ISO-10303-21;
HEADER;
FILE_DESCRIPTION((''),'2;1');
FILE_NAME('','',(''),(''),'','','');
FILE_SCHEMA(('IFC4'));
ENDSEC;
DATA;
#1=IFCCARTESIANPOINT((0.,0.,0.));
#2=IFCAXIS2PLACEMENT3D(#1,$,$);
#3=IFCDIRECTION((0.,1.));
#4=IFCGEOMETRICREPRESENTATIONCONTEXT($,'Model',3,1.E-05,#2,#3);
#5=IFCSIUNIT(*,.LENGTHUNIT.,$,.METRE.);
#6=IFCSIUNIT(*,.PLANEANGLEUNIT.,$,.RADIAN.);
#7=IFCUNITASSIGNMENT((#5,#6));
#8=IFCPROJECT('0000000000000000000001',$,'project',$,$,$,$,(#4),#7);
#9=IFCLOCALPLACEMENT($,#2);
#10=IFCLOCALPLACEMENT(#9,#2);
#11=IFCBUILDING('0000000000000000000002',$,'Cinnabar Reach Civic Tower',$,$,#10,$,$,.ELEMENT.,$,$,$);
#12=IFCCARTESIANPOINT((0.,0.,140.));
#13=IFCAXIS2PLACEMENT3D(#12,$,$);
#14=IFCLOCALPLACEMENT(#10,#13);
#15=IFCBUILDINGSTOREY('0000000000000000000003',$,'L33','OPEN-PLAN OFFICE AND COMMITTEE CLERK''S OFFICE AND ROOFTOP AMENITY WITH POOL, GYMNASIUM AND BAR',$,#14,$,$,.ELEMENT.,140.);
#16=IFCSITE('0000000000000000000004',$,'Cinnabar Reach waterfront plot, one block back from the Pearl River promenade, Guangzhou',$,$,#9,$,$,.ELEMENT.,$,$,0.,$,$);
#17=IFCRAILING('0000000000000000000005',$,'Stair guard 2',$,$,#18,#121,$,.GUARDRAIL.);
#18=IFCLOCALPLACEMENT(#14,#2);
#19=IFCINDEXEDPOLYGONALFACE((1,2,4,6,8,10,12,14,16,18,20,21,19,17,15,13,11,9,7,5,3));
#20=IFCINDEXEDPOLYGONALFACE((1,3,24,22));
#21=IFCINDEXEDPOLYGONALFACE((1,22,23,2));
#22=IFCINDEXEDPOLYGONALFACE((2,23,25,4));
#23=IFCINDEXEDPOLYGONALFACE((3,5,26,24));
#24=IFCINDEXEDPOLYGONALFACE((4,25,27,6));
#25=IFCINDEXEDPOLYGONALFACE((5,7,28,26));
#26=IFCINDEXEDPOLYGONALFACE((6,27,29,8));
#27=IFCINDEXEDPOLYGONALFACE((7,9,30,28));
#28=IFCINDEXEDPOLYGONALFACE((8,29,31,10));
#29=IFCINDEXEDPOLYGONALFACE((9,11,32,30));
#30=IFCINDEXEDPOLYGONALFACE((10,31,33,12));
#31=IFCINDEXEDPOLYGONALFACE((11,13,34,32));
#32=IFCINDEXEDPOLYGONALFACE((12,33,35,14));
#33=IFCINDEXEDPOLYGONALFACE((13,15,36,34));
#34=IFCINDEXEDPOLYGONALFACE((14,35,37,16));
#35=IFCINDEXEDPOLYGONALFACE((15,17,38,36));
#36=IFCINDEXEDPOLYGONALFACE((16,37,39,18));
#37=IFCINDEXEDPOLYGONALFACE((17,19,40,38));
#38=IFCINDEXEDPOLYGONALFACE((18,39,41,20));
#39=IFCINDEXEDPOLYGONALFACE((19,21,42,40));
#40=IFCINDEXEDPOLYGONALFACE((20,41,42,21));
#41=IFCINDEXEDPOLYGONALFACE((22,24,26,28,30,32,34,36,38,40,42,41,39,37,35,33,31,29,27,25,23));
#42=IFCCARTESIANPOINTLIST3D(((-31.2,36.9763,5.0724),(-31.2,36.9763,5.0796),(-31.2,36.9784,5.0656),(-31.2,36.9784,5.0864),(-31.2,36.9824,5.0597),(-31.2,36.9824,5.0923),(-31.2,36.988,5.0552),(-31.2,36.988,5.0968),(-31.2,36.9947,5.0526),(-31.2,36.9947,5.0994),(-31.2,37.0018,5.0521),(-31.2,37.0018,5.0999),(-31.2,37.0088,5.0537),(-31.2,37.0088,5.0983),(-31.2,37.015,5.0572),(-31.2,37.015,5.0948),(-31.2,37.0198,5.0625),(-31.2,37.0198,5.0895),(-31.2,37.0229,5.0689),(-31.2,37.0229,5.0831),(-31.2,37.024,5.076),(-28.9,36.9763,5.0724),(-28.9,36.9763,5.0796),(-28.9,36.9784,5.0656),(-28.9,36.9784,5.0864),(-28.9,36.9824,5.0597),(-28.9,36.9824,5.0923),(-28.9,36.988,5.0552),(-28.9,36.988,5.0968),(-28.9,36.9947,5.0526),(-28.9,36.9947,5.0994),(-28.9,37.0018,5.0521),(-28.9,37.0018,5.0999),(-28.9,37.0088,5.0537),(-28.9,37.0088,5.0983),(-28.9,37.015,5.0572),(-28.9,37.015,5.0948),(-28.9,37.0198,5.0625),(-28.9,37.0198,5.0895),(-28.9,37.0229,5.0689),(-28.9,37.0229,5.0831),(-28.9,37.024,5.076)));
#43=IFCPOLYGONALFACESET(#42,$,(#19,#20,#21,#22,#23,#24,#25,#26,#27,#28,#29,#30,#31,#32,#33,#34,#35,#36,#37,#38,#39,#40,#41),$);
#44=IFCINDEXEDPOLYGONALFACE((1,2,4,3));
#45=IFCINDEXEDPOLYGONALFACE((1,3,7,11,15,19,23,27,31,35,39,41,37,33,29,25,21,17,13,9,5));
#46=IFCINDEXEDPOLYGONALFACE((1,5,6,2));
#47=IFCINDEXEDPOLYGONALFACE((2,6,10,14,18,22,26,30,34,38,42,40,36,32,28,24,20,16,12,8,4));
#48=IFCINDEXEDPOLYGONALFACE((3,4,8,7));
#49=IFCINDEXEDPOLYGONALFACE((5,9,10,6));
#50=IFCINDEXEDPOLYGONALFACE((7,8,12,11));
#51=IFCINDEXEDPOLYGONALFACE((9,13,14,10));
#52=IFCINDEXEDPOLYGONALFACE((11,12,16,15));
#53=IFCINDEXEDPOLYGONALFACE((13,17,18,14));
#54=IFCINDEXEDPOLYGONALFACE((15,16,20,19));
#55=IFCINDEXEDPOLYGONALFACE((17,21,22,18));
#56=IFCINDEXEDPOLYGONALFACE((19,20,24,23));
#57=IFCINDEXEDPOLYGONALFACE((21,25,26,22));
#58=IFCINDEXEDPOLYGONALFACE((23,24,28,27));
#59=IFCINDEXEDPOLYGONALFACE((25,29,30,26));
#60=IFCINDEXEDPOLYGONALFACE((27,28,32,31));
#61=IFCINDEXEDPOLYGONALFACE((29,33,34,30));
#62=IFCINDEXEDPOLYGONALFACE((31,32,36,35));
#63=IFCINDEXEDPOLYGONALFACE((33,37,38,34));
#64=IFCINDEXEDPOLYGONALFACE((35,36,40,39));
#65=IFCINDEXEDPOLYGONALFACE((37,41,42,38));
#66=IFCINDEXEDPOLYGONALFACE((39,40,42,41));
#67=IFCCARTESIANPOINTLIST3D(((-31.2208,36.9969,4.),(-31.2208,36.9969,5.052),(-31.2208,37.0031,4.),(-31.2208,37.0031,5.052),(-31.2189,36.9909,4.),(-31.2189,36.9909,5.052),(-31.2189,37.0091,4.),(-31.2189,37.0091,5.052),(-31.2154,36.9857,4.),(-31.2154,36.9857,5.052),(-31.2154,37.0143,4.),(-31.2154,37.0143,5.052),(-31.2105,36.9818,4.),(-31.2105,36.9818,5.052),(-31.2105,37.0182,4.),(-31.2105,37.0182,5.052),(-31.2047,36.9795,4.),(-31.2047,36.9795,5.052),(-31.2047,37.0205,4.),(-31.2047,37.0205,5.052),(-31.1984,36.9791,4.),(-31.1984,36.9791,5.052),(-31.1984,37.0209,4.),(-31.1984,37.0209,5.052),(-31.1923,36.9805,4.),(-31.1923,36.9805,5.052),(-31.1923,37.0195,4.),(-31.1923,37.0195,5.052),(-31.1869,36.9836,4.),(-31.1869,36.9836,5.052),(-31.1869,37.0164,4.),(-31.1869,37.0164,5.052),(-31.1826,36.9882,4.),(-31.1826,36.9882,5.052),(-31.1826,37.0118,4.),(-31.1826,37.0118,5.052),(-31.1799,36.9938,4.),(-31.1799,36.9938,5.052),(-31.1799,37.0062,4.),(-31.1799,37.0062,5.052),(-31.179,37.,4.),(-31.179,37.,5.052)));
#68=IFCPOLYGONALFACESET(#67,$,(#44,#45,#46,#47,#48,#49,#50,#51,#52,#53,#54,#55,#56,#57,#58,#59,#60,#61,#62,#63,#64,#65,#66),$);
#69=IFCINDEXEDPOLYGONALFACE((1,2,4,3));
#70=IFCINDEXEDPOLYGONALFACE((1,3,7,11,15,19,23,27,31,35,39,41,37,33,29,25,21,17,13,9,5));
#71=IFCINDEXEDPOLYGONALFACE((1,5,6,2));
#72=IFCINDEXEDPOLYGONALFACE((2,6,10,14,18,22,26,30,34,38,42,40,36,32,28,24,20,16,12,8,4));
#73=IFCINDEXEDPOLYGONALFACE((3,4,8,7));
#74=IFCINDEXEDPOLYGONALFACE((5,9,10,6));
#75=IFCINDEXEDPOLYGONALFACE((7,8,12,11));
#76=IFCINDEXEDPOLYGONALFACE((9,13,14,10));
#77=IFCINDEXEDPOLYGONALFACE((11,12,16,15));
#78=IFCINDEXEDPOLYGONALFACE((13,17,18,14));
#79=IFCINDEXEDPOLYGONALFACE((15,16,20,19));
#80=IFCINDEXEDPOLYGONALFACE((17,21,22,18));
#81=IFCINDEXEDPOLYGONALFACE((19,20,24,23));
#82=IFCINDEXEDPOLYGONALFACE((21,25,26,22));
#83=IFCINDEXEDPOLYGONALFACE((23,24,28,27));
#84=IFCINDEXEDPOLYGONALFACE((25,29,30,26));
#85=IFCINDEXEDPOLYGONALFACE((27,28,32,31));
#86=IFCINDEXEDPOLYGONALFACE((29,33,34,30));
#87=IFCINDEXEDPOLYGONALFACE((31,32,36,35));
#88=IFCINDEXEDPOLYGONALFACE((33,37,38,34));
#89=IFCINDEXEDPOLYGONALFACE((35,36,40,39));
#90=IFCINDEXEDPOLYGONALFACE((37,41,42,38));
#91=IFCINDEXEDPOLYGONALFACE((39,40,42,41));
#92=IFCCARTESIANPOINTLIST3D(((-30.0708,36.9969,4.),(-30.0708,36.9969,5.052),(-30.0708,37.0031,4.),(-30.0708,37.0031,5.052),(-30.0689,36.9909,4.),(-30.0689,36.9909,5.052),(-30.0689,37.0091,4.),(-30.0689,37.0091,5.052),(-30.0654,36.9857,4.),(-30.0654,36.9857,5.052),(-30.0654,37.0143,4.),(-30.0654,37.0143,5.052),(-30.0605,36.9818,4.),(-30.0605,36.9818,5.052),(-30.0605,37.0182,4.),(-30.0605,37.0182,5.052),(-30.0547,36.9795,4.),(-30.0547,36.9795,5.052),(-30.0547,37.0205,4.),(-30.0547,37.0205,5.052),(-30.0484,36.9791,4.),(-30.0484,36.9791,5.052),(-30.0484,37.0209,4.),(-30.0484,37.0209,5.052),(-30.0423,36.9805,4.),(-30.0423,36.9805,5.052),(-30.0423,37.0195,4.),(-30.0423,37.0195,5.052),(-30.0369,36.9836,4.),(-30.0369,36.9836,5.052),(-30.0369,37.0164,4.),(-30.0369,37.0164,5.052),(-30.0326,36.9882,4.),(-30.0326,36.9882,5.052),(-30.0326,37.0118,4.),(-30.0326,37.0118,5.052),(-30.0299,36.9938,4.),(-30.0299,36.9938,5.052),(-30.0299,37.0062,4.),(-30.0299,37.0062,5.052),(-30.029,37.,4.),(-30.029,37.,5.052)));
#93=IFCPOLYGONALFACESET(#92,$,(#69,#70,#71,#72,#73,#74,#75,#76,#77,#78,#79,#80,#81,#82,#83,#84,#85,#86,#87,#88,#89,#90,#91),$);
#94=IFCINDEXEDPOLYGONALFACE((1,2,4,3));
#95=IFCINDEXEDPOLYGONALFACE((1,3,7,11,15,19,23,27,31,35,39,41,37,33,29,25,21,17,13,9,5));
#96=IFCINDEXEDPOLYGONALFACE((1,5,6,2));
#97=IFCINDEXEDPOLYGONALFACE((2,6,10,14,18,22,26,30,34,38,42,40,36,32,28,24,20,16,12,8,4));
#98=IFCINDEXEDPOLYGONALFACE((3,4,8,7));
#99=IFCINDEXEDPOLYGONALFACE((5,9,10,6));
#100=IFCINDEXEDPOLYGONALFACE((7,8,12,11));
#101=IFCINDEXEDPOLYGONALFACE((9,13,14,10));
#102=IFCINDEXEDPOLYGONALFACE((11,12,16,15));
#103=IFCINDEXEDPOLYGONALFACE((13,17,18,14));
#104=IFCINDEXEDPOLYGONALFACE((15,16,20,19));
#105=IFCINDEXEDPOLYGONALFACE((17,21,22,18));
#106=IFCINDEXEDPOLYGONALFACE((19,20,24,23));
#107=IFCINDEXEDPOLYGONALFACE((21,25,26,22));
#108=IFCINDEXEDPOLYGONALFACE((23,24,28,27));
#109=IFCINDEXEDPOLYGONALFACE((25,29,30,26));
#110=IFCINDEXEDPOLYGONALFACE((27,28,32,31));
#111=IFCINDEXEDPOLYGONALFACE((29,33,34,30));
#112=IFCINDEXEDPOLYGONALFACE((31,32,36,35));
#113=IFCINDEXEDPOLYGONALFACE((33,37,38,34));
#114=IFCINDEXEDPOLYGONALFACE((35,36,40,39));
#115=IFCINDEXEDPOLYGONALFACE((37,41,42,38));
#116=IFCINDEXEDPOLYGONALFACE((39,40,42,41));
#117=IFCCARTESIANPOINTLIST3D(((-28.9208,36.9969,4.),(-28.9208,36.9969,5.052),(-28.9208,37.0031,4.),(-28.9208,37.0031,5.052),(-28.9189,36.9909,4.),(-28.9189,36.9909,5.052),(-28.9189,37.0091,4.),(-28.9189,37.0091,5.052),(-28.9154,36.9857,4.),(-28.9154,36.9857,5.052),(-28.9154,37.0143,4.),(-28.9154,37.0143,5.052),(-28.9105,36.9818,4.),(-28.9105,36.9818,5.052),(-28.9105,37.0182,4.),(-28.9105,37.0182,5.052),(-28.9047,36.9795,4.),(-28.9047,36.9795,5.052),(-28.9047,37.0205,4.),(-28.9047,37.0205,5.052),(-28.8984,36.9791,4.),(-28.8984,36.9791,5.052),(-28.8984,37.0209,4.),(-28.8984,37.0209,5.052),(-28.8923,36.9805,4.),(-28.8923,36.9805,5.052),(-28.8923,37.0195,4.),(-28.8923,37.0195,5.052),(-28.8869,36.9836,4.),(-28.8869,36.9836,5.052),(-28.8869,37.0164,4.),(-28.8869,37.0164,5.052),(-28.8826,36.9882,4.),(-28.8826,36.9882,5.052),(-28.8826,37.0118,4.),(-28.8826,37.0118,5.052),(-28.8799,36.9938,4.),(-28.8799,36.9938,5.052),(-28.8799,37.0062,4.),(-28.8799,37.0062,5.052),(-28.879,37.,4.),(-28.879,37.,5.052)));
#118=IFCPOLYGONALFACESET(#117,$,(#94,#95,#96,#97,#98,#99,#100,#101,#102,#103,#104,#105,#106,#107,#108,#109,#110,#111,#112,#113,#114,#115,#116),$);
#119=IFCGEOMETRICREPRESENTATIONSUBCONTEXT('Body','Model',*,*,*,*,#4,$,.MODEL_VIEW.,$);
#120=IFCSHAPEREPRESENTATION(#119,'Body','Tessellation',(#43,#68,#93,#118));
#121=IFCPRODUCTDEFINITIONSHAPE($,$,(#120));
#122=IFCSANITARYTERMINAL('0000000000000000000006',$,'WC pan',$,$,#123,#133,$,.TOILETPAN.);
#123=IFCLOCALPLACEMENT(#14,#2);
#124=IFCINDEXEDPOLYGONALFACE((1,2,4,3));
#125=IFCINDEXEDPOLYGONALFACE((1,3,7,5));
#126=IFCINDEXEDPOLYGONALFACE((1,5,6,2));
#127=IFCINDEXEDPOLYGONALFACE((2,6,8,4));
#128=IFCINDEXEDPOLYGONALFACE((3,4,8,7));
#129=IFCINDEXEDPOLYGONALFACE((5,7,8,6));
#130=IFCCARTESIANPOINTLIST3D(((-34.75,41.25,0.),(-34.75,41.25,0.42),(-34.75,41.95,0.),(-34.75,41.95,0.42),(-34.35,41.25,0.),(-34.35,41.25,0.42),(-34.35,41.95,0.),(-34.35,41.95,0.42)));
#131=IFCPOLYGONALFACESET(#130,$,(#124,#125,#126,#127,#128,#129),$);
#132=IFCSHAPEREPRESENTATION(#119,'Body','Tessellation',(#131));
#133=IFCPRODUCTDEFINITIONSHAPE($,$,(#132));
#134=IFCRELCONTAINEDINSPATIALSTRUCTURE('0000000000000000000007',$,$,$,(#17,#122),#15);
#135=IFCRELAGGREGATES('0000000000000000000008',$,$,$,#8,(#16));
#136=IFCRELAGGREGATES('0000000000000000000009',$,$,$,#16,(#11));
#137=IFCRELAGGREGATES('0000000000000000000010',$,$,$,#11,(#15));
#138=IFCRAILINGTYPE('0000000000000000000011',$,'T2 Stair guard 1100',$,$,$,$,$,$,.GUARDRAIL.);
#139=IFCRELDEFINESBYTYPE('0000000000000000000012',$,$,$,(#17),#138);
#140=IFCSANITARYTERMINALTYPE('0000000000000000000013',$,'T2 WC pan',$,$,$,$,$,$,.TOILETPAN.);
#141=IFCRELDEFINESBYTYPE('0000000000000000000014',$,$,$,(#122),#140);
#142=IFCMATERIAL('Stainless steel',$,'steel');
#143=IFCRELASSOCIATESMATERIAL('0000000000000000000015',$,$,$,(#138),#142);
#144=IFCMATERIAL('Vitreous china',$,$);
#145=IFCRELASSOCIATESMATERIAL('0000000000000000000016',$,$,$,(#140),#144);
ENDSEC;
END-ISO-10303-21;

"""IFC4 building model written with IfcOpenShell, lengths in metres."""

from ifc_helpers import new_model, si_unit, direction, frame, origin, origin_2d, place, context, subcontext, project, spatial, rectangle, circle, extrude, material, type_object, element, save


model = new_model("IFC4")

# Units and contexts
model_context = context("Model", 3, precision=1e-05, world=origin(), true_north=direction((0.0, 1.0)))
body_context = subcontext(model_context, "Body", "Model", "MODEL_VIEW")
ifc_project = project(units=[si_unit("LENGTHUNIT", "METRE"), si_unit("PLANEANGLEUNIT", "RADIAN")], contexts=[model_context])

# Site, building, storey
site_placement = place(None, origin())
site = spatial("IfcSite", under=ifc_project, at=site_placement, Name="Cinnabar Reach waterfront plot, one block back from the Pearl River promenade, Guangzhou", CompositionType="ELEMENT", RefElevation=0.0)
building_placement = place(site_placement, origin())
building = spatial("IfcBuilding", under=site, at=building_placement, Name="Cinnabar Reach Civic Tower", CompositionType="ELEMENT")
storey_placement = place(building_placement, frame((0.0, 0.0, 140.0)))
storey = spatial("IfcBuildingStorey", under=building, at=storey_placement, Name="L33", Description="OPEN-PLAN OFFICE AND COMMITTEE CLERK'S OFFICE AND ROOFTOP AMENITY WITH POOL, GYMNASIUM AND BAR", CompositionType="ELEMENT", Elevation=140.0)

# Railing
ifc_material_1 = material(Name="Stainless steel", Category="steel")
railing_type = type_object("IfcRailingType", Name="T2 Stair guard 1100", PredefinedType="GUARDRAIL", material=ifc_material_1)
railing_1_placement = place(storey_placement, frame((-31.2, 37.0, 4.0)))
element("IfcRailing", 1, at=railing_1_placement, inside=storey, type_object=railing_type, Name="Stair guard 2", PredefinedType="GUARDRAIL", context=body_context, shape_type="SweptSolid", body=[
    extrude(circle(Radius=0.024, at=origin_2d()), frame((0.0, 0.0, 1.076), z_axis=(1.0, 0.0, 0.0), x_axis=(0.0, 1.0, 0.0)), (0.0, 0.0, 1.0), 2.3),
    extrude(circle(Radius=0.021, at=origin_2d()), origin(), (0.0, 0.0, 1.0), 1.052),
    extrude(circle(Radius=0.021, at=origin_2d()), frame((1.15, 0.0, 0.0)), (0.0, 0.0, 1.0), 1.052),
    extrude(circle(Radius=0.021, at=origin_2d()), frame((2.3, 0.0, 0.0)), (0.0, 0.0, 1.0), 1.052),
])

# Sanitary terminal
ifc_material_2 = material(Name="Vitreous china")
sanitary_terminal_type = type_object("IfcSanitaryTerminalType", Name="T2 WC pan", PredefinedType="TOILETPAN", material=ifc_material_2)
sanitary_terminal_placement = place(storey_placement, frame((-34.55, 41.6, 0.0), z_axis=(0.0, 0.0, 1.0), x_axis=(1.0, 0.0, 0.0)))
element("IfcSanitaryTerminal", 2, at=sanitary_terminal_placement, inside=storey, type_object=sanitary_terminal_type, Name="WC pan", PredefinedType="TOILETPAN", context=body_context, shape_type="SweptSolid", body=[
    extrude(rectangle(XDim=0.4, YDim=0.7, at=origin_2d()), origin(), (0.0, 0.0, 1.0), 0.42),
])

save(model, "model.ifc")
